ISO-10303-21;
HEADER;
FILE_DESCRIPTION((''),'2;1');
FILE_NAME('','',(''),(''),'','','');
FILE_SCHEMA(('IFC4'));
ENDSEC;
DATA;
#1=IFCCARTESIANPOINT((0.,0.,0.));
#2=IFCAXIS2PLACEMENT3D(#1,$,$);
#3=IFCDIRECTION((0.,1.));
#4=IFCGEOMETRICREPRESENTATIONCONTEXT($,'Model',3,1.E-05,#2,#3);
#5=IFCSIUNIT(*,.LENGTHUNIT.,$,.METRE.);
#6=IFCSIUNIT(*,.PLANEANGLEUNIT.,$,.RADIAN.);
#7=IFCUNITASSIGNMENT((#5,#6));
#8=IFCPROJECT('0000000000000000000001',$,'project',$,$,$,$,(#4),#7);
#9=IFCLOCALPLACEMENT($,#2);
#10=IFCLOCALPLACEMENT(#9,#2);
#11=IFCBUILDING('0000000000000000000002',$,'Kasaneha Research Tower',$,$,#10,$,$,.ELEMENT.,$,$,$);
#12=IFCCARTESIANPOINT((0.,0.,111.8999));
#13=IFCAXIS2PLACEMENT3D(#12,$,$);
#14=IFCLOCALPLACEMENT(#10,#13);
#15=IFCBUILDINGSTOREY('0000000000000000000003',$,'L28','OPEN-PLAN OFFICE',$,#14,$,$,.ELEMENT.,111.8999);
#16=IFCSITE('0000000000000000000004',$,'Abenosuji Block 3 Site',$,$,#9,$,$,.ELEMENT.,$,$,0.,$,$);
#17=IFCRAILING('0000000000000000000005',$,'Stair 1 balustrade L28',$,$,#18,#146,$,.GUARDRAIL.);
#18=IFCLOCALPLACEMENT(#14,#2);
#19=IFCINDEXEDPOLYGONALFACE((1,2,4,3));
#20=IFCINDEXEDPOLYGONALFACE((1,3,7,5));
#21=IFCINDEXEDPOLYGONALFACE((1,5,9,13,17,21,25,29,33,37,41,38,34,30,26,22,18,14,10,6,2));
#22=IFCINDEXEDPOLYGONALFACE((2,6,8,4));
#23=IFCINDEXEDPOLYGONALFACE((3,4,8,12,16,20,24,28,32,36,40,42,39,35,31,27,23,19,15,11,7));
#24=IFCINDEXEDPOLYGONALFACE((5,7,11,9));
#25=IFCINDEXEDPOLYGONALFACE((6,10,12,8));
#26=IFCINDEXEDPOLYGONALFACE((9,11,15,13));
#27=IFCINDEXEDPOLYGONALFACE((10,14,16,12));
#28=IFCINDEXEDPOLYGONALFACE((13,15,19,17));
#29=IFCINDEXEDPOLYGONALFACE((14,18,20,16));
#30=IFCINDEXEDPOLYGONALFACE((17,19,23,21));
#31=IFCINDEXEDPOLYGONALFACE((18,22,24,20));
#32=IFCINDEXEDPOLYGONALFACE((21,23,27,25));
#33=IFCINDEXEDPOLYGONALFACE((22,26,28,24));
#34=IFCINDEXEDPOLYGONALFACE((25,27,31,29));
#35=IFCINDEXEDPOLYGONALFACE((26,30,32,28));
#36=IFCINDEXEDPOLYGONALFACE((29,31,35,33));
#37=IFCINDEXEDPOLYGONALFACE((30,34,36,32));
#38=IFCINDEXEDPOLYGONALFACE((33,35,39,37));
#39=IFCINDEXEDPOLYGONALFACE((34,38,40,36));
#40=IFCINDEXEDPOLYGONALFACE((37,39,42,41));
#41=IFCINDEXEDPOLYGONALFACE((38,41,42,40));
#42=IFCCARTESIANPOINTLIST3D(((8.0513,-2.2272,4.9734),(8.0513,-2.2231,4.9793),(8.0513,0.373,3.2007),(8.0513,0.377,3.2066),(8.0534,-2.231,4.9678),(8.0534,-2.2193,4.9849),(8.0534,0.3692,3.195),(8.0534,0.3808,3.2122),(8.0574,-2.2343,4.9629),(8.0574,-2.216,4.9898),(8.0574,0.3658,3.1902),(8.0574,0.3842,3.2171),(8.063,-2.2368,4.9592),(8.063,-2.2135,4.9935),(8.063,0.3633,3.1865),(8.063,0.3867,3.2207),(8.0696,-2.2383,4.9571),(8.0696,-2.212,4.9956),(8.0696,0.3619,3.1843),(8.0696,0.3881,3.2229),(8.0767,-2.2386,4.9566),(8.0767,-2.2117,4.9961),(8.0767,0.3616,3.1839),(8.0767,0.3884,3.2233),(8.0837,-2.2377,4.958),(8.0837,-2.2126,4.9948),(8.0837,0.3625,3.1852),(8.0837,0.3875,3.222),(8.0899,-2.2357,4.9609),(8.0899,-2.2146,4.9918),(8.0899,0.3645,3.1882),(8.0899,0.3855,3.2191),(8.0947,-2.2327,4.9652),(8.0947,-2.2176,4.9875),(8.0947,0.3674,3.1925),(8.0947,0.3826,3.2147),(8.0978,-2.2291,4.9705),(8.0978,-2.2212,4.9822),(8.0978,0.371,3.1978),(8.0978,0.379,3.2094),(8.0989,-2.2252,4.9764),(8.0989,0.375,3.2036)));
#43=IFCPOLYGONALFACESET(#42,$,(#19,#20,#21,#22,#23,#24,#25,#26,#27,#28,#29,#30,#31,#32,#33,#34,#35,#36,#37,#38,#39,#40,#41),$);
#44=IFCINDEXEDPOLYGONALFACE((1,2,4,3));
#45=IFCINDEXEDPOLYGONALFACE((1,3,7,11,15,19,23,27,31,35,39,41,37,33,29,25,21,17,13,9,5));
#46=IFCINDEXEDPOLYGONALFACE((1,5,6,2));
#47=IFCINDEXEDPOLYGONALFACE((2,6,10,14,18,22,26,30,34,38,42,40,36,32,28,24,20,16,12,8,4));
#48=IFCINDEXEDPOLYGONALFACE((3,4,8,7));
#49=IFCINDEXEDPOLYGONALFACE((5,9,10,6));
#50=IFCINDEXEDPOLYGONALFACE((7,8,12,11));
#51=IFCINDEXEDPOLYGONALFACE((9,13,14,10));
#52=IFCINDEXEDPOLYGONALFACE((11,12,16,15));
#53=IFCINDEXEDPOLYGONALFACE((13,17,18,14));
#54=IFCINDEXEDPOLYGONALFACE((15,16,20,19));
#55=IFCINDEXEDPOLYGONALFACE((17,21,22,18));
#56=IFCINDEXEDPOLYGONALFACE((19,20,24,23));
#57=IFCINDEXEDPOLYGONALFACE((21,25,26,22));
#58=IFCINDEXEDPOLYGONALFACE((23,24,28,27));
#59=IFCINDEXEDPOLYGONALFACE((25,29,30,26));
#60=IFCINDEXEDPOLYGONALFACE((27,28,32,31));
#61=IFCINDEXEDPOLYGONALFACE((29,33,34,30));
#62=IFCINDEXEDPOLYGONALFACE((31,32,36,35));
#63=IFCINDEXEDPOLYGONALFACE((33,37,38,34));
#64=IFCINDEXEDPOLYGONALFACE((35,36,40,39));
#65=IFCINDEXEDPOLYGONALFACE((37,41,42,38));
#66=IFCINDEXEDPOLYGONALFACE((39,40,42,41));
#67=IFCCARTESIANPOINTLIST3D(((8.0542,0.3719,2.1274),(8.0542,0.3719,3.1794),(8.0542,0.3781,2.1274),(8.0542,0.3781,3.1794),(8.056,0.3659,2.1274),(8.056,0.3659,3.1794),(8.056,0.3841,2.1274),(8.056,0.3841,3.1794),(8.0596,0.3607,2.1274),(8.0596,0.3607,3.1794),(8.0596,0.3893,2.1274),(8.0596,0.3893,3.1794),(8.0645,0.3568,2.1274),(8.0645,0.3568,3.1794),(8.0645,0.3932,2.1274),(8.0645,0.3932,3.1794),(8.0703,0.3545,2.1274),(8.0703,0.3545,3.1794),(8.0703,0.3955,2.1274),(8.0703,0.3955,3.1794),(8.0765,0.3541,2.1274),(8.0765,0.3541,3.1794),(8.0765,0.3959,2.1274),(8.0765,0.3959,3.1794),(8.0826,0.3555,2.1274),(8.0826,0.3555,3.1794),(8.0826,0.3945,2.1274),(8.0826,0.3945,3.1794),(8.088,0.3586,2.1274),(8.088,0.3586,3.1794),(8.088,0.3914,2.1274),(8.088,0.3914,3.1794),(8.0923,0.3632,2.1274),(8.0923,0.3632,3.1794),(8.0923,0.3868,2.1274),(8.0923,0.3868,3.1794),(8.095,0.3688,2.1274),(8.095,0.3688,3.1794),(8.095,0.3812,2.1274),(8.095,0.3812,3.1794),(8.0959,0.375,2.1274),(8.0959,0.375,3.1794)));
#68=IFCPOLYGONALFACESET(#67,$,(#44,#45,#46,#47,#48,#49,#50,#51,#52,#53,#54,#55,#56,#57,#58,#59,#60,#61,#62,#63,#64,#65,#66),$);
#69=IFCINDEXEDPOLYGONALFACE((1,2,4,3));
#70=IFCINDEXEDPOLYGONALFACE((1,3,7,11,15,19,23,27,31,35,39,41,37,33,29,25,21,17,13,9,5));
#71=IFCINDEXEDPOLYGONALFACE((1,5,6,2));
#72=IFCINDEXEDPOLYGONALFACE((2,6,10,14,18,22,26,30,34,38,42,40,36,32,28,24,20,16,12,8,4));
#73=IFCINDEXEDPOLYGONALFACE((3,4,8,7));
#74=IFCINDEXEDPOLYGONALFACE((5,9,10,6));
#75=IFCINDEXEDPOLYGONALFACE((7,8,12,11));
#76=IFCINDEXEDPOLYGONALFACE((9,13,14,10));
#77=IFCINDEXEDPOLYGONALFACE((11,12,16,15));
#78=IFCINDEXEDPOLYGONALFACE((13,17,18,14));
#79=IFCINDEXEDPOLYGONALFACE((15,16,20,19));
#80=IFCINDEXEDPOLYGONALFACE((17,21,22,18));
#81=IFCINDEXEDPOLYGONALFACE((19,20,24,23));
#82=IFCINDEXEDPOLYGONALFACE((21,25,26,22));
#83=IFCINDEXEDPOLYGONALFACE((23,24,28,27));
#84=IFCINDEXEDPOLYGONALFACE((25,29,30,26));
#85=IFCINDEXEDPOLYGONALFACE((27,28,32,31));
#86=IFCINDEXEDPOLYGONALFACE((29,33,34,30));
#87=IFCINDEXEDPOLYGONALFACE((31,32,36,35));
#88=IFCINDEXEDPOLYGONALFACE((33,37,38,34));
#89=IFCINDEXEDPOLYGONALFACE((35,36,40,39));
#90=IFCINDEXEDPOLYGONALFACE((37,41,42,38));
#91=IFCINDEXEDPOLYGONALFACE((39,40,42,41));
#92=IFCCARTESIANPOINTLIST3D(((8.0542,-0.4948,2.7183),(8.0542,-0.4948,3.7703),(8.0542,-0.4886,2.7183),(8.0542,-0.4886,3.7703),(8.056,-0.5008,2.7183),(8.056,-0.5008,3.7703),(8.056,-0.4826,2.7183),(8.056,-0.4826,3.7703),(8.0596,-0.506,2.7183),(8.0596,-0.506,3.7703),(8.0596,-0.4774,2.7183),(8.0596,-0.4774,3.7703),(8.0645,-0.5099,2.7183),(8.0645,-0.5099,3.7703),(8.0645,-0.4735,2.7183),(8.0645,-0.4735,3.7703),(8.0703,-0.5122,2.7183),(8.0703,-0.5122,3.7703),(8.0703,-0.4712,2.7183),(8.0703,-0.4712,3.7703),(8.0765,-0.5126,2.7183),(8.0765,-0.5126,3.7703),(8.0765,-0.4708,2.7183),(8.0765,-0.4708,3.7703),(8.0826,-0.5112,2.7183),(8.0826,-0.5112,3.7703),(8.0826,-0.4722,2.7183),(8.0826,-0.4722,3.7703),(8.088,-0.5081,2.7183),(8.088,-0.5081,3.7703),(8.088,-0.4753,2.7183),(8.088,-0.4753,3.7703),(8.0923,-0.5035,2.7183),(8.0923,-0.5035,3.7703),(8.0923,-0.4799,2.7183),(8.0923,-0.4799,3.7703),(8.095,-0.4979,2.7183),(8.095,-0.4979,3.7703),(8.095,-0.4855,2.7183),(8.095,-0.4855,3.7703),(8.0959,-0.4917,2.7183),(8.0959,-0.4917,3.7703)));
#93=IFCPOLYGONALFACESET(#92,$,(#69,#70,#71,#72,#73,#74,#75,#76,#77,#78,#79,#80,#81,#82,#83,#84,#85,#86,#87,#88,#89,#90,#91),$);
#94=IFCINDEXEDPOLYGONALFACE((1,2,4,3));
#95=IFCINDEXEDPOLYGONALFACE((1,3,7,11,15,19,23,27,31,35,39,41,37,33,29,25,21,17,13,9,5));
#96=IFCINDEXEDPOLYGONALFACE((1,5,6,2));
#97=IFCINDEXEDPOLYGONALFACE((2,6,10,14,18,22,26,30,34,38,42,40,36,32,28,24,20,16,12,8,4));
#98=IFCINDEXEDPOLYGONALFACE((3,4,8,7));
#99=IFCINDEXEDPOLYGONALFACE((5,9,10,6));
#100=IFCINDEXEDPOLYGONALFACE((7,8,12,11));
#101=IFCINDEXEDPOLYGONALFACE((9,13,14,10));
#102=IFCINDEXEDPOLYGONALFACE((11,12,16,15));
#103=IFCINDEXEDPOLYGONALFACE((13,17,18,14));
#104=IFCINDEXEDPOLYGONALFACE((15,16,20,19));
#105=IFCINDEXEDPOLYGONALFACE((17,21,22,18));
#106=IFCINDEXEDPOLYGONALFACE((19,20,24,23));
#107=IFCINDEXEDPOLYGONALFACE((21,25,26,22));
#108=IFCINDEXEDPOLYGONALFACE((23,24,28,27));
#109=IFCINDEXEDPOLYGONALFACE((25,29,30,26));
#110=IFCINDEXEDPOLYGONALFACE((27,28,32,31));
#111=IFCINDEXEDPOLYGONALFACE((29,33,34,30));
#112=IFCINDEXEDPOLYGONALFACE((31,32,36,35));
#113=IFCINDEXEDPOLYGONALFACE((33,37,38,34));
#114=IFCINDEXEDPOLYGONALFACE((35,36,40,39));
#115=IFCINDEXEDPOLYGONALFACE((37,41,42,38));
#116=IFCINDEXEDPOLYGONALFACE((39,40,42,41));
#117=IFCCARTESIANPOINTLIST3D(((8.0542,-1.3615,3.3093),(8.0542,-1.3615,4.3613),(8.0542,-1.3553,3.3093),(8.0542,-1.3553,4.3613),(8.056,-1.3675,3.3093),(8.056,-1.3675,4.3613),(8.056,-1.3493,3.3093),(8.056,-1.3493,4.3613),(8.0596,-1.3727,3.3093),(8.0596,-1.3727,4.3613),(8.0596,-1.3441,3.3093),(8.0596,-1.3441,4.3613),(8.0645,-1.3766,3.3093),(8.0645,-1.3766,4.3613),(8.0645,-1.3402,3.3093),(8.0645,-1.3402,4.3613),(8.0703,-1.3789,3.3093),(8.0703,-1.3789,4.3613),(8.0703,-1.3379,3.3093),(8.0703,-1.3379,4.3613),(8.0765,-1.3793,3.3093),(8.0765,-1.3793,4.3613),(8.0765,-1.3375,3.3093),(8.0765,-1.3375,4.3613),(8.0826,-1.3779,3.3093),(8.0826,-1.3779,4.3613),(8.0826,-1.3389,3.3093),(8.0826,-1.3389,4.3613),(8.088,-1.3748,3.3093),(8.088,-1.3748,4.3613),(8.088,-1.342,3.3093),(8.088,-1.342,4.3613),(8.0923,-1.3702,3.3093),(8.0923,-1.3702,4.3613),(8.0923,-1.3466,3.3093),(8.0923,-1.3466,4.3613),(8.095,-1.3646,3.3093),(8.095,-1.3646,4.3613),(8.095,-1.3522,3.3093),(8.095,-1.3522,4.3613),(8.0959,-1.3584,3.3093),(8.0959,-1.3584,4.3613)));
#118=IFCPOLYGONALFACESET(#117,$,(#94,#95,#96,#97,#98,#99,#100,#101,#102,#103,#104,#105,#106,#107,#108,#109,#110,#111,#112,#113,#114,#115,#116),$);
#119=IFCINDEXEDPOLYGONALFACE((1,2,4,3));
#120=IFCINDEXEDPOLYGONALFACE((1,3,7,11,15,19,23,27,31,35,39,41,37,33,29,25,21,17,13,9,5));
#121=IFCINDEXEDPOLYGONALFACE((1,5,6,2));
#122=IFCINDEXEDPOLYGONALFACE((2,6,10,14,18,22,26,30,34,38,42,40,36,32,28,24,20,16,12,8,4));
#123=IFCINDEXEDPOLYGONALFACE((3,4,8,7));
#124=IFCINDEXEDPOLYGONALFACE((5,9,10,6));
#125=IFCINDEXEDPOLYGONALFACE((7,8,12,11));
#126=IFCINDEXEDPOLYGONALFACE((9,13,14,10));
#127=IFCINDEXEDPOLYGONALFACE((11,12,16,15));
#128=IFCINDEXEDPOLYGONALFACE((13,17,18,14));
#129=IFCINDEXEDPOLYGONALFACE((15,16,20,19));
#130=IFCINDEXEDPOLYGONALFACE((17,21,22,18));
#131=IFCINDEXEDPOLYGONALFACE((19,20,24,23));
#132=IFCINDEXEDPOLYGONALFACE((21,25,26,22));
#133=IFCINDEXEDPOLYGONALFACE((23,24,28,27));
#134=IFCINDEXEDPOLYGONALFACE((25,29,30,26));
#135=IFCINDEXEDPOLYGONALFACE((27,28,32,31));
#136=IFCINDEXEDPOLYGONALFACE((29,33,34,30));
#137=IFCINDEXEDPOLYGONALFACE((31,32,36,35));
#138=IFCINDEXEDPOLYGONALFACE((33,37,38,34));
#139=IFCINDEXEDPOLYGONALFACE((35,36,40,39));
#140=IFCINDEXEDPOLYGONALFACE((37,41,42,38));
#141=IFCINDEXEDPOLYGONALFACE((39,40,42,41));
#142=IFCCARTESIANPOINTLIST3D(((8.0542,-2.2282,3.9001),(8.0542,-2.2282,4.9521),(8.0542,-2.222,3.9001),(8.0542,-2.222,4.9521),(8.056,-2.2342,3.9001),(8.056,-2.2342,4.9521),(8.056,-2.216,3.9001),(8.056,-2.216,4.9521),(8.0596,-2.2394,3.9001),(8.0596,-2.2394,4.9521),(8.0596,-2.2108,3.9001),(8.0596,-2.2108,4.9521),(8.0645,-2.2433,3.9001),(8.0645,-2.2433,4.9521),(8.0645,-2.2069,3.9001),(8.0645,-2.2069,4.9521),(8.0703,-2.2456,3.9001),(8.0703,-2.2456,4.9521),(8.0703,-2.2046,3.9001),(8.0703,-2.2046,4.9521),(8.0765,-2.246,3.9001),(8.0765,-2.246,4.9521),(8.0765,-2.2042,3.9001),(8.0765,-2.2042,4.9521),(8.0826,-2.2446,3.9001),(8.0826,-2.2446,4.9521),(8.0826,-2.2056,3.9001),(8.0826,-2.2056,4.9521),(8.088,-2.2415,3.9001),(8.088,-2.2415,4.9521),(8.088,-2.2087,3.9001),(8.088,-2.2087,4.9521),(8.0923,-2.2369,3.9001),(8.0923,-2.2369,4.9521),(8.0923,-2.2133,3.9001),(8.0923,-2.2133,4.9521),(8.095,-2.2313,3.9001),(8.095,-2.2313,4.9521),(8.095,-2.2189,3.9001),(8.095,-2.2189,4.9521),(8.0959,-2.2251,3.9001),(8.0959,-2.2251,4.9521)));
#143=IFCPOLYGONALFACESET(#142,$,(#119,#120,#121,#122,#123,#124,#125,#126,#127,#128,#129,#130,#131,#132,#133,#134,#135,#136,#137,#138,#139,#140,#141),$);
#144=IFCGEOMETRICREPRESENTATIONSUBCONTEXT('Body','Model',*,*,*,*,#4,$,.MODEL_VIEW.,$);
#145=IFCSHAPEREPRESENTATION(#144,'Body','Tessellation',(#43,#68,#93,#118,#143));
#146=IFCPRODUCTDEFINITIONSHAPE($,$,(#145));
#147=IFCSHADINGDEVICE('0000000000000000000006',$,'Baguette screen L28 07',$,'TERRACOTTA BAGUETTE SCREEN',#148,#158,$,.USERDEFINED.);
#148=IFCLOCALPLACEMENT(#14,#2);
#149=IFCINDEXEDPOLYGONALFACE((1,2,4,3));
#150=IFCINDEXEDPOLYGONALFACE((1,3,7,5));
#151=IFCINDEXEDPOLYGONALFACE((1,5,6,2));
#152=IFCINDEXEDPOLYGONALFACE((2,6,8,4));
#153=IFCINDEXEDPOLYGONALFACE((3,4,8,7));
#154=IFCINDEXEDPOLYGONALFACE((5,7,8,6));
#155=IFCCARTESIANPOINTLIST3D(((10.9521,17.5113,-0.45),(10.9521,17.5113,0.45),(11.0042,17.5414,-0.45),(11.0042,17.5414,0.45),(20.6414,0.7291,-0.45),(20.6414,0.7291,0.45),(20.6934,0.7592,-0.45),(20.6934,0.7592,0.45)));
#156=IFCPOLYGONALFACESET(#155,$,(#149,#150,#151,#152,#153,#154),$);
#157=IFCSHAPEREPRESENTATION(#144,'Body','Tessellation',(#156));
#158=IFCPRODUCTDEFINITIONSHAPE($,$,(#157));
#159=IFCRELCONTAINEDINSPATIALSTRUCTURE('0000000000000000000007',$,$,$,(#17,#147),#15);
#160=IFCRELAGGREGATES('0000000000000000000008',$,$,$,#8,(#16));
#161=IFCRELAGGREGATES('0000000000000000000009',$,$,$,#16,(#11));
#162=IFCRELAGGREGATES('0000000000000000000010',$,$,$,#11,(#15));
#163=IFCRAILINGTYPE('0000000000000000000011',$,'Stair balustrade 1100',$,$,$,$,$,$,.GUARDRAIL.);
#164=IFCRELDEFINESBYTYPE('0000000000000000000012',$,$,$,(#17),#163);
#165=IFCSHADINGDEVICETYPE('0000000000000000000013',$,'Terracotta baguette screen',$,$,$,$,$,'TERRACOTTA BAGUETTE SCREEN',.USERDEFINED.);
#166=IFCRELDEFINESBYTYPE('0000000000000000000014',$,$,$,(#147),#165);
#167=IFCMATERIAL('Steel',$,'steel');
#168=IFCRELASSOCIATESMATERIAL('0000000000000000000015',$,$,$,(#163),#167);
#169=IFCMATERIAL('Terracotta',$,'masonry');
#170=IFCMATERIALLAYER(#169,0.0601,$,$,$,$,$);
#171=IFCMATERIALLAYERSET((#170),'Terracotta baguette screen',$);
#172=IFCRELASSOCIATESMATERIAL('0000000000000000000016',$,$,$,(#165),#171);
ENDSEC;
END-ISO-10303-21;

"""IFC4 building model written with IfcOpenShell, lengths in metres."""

from ifc_helpers import new_model, si_unit, direction, frame, origin, origin_2d, place, context, subcontext, project, spatial, rectangle, circle, extrude, material, layer, layer_set, type_object, element, save


model = new_model("IFC4")

# Units and contexts
model_context = context("Model", 3, precision=1e-05, world=origin(), true_north=direction((0.0, 1.0)))
body_context = subcontext(model_context, "Body", "Model", "MODEL_VIEW")
ifc_project = project(units=[si_unit("LENGTHUNIT", "METRE"), si_unit("PLANEANGLEUNIT", "RADIAN")], contexts=[model_context])

# Site, building, storey
site_placement = place(None, origin())
site = spatial("IfcSite", under=ifc_project, at=site_placement, Name="Abenosuji Block 3 Site", CompositionType="ELEMENT", RefElevation=0.0)
building_placement = place(site_placement, origin())
building = spatial("IfcBuilding", under=site, at=building_placement, Name="Kasaneha Research Tower", CompositionType="ELEMENT")
storey_placement = place(building_placement, frame((0.0, 0.0, 111.8999)))
storey = spatial("IfcBuildingStorey", under=building, at=storey_placement, Name="L28", Description="OPEN-PLAN OFFICE", CompositionType="ELEMENT", Elevation=111.8999)

# Railing
ifc_material_1 = material(Name="Steel", Category="steel")
railing_type = type_object("IfcRailingType", Name="Stair balustrade 1100", PredefinedType="GUARDRAIL", material=ifc_material_1)
railing_placement = place(storey_placement, frame((8.075, 0.375, 2.1274)))
element("IfcRailing", 1, at=railing_placement, inside=storey, type_object=railing_type, Name="Stair 1 balustrade L28", PredefinedType="GUARDRAIL", context=body_context, shape_type="SweptSolid", body=[
    extrude(circle(Radius=0.0239, at=origin_2d()), frame((0.0, 0.0, 1.0762), z_axis=(0.0, -0.82624, 0.563318), x_axis=(1.0, 0.0, 0.0)), (0.0, 0.0, 1.0), 3.147),
    extrude(circle(Radius=0.021, at=origin_2d()), origin(), (0.0, 0.0, 1.0), 1.052),
    extrude(circle(Radius=0.021, at=origin_2d()), frame((0.0, -0.8667, 0.5908)), (0.0, 0.0, 1.0), 1.052),
    extrude(circle(Radius=0.021, at=origin_2d()), frame((0.0, -1.7334, 1.1819)), (0.0, 0.0, 1.0), 1.052),
    extrude(circle(Radius=0.021, at=origin_2d()), frame((0.0, -2.6001, 1.7727)), (0.0, 0.0, 1.0), 1.052),
])

# Shading device
ifc_material_2 = material(Name="Terracotta", Category="masonry")
ifc_layer_1 = layer(ifc_material_2, 0.0601)
ifc_layer_set_1 = layer_set([ifc_layer_1], Name="Terracotta baguette screen")
shading_device_type = type_object("IfcShadingDeviceType", Name="Terracotta baguette screen", ElementType="TERRACOTTA BAGUETTE SCREEN", PredefinedType="USERDEFINED", material=ifc_layer_set_1)
shading_device_placement = place(storey_placement, frame((15.8228, 9.1353, -0.45), z_axis=(0.0, 0.0, 1.0), x_axis=(-0.5, 0.866025, 0.0)))
element("IfcShadingDevice", 2, at=shading_device_placement, inside=storey, type_object=shading_device_type, Name="Baguette screen L28 07", ObjectType="TERRACOTTA BAGUETTE SCREEN", PredefinedType="USERDEFINED", context=body_context, shape_type="SweptSolid", body=[
    extrude(rectangle(XDim=19.3784, YDim=0.0601, at=origin_2d()), origin(), (0.0, 0.0, 1.0), 0.8999),
])

save(model, "model.ifc")
